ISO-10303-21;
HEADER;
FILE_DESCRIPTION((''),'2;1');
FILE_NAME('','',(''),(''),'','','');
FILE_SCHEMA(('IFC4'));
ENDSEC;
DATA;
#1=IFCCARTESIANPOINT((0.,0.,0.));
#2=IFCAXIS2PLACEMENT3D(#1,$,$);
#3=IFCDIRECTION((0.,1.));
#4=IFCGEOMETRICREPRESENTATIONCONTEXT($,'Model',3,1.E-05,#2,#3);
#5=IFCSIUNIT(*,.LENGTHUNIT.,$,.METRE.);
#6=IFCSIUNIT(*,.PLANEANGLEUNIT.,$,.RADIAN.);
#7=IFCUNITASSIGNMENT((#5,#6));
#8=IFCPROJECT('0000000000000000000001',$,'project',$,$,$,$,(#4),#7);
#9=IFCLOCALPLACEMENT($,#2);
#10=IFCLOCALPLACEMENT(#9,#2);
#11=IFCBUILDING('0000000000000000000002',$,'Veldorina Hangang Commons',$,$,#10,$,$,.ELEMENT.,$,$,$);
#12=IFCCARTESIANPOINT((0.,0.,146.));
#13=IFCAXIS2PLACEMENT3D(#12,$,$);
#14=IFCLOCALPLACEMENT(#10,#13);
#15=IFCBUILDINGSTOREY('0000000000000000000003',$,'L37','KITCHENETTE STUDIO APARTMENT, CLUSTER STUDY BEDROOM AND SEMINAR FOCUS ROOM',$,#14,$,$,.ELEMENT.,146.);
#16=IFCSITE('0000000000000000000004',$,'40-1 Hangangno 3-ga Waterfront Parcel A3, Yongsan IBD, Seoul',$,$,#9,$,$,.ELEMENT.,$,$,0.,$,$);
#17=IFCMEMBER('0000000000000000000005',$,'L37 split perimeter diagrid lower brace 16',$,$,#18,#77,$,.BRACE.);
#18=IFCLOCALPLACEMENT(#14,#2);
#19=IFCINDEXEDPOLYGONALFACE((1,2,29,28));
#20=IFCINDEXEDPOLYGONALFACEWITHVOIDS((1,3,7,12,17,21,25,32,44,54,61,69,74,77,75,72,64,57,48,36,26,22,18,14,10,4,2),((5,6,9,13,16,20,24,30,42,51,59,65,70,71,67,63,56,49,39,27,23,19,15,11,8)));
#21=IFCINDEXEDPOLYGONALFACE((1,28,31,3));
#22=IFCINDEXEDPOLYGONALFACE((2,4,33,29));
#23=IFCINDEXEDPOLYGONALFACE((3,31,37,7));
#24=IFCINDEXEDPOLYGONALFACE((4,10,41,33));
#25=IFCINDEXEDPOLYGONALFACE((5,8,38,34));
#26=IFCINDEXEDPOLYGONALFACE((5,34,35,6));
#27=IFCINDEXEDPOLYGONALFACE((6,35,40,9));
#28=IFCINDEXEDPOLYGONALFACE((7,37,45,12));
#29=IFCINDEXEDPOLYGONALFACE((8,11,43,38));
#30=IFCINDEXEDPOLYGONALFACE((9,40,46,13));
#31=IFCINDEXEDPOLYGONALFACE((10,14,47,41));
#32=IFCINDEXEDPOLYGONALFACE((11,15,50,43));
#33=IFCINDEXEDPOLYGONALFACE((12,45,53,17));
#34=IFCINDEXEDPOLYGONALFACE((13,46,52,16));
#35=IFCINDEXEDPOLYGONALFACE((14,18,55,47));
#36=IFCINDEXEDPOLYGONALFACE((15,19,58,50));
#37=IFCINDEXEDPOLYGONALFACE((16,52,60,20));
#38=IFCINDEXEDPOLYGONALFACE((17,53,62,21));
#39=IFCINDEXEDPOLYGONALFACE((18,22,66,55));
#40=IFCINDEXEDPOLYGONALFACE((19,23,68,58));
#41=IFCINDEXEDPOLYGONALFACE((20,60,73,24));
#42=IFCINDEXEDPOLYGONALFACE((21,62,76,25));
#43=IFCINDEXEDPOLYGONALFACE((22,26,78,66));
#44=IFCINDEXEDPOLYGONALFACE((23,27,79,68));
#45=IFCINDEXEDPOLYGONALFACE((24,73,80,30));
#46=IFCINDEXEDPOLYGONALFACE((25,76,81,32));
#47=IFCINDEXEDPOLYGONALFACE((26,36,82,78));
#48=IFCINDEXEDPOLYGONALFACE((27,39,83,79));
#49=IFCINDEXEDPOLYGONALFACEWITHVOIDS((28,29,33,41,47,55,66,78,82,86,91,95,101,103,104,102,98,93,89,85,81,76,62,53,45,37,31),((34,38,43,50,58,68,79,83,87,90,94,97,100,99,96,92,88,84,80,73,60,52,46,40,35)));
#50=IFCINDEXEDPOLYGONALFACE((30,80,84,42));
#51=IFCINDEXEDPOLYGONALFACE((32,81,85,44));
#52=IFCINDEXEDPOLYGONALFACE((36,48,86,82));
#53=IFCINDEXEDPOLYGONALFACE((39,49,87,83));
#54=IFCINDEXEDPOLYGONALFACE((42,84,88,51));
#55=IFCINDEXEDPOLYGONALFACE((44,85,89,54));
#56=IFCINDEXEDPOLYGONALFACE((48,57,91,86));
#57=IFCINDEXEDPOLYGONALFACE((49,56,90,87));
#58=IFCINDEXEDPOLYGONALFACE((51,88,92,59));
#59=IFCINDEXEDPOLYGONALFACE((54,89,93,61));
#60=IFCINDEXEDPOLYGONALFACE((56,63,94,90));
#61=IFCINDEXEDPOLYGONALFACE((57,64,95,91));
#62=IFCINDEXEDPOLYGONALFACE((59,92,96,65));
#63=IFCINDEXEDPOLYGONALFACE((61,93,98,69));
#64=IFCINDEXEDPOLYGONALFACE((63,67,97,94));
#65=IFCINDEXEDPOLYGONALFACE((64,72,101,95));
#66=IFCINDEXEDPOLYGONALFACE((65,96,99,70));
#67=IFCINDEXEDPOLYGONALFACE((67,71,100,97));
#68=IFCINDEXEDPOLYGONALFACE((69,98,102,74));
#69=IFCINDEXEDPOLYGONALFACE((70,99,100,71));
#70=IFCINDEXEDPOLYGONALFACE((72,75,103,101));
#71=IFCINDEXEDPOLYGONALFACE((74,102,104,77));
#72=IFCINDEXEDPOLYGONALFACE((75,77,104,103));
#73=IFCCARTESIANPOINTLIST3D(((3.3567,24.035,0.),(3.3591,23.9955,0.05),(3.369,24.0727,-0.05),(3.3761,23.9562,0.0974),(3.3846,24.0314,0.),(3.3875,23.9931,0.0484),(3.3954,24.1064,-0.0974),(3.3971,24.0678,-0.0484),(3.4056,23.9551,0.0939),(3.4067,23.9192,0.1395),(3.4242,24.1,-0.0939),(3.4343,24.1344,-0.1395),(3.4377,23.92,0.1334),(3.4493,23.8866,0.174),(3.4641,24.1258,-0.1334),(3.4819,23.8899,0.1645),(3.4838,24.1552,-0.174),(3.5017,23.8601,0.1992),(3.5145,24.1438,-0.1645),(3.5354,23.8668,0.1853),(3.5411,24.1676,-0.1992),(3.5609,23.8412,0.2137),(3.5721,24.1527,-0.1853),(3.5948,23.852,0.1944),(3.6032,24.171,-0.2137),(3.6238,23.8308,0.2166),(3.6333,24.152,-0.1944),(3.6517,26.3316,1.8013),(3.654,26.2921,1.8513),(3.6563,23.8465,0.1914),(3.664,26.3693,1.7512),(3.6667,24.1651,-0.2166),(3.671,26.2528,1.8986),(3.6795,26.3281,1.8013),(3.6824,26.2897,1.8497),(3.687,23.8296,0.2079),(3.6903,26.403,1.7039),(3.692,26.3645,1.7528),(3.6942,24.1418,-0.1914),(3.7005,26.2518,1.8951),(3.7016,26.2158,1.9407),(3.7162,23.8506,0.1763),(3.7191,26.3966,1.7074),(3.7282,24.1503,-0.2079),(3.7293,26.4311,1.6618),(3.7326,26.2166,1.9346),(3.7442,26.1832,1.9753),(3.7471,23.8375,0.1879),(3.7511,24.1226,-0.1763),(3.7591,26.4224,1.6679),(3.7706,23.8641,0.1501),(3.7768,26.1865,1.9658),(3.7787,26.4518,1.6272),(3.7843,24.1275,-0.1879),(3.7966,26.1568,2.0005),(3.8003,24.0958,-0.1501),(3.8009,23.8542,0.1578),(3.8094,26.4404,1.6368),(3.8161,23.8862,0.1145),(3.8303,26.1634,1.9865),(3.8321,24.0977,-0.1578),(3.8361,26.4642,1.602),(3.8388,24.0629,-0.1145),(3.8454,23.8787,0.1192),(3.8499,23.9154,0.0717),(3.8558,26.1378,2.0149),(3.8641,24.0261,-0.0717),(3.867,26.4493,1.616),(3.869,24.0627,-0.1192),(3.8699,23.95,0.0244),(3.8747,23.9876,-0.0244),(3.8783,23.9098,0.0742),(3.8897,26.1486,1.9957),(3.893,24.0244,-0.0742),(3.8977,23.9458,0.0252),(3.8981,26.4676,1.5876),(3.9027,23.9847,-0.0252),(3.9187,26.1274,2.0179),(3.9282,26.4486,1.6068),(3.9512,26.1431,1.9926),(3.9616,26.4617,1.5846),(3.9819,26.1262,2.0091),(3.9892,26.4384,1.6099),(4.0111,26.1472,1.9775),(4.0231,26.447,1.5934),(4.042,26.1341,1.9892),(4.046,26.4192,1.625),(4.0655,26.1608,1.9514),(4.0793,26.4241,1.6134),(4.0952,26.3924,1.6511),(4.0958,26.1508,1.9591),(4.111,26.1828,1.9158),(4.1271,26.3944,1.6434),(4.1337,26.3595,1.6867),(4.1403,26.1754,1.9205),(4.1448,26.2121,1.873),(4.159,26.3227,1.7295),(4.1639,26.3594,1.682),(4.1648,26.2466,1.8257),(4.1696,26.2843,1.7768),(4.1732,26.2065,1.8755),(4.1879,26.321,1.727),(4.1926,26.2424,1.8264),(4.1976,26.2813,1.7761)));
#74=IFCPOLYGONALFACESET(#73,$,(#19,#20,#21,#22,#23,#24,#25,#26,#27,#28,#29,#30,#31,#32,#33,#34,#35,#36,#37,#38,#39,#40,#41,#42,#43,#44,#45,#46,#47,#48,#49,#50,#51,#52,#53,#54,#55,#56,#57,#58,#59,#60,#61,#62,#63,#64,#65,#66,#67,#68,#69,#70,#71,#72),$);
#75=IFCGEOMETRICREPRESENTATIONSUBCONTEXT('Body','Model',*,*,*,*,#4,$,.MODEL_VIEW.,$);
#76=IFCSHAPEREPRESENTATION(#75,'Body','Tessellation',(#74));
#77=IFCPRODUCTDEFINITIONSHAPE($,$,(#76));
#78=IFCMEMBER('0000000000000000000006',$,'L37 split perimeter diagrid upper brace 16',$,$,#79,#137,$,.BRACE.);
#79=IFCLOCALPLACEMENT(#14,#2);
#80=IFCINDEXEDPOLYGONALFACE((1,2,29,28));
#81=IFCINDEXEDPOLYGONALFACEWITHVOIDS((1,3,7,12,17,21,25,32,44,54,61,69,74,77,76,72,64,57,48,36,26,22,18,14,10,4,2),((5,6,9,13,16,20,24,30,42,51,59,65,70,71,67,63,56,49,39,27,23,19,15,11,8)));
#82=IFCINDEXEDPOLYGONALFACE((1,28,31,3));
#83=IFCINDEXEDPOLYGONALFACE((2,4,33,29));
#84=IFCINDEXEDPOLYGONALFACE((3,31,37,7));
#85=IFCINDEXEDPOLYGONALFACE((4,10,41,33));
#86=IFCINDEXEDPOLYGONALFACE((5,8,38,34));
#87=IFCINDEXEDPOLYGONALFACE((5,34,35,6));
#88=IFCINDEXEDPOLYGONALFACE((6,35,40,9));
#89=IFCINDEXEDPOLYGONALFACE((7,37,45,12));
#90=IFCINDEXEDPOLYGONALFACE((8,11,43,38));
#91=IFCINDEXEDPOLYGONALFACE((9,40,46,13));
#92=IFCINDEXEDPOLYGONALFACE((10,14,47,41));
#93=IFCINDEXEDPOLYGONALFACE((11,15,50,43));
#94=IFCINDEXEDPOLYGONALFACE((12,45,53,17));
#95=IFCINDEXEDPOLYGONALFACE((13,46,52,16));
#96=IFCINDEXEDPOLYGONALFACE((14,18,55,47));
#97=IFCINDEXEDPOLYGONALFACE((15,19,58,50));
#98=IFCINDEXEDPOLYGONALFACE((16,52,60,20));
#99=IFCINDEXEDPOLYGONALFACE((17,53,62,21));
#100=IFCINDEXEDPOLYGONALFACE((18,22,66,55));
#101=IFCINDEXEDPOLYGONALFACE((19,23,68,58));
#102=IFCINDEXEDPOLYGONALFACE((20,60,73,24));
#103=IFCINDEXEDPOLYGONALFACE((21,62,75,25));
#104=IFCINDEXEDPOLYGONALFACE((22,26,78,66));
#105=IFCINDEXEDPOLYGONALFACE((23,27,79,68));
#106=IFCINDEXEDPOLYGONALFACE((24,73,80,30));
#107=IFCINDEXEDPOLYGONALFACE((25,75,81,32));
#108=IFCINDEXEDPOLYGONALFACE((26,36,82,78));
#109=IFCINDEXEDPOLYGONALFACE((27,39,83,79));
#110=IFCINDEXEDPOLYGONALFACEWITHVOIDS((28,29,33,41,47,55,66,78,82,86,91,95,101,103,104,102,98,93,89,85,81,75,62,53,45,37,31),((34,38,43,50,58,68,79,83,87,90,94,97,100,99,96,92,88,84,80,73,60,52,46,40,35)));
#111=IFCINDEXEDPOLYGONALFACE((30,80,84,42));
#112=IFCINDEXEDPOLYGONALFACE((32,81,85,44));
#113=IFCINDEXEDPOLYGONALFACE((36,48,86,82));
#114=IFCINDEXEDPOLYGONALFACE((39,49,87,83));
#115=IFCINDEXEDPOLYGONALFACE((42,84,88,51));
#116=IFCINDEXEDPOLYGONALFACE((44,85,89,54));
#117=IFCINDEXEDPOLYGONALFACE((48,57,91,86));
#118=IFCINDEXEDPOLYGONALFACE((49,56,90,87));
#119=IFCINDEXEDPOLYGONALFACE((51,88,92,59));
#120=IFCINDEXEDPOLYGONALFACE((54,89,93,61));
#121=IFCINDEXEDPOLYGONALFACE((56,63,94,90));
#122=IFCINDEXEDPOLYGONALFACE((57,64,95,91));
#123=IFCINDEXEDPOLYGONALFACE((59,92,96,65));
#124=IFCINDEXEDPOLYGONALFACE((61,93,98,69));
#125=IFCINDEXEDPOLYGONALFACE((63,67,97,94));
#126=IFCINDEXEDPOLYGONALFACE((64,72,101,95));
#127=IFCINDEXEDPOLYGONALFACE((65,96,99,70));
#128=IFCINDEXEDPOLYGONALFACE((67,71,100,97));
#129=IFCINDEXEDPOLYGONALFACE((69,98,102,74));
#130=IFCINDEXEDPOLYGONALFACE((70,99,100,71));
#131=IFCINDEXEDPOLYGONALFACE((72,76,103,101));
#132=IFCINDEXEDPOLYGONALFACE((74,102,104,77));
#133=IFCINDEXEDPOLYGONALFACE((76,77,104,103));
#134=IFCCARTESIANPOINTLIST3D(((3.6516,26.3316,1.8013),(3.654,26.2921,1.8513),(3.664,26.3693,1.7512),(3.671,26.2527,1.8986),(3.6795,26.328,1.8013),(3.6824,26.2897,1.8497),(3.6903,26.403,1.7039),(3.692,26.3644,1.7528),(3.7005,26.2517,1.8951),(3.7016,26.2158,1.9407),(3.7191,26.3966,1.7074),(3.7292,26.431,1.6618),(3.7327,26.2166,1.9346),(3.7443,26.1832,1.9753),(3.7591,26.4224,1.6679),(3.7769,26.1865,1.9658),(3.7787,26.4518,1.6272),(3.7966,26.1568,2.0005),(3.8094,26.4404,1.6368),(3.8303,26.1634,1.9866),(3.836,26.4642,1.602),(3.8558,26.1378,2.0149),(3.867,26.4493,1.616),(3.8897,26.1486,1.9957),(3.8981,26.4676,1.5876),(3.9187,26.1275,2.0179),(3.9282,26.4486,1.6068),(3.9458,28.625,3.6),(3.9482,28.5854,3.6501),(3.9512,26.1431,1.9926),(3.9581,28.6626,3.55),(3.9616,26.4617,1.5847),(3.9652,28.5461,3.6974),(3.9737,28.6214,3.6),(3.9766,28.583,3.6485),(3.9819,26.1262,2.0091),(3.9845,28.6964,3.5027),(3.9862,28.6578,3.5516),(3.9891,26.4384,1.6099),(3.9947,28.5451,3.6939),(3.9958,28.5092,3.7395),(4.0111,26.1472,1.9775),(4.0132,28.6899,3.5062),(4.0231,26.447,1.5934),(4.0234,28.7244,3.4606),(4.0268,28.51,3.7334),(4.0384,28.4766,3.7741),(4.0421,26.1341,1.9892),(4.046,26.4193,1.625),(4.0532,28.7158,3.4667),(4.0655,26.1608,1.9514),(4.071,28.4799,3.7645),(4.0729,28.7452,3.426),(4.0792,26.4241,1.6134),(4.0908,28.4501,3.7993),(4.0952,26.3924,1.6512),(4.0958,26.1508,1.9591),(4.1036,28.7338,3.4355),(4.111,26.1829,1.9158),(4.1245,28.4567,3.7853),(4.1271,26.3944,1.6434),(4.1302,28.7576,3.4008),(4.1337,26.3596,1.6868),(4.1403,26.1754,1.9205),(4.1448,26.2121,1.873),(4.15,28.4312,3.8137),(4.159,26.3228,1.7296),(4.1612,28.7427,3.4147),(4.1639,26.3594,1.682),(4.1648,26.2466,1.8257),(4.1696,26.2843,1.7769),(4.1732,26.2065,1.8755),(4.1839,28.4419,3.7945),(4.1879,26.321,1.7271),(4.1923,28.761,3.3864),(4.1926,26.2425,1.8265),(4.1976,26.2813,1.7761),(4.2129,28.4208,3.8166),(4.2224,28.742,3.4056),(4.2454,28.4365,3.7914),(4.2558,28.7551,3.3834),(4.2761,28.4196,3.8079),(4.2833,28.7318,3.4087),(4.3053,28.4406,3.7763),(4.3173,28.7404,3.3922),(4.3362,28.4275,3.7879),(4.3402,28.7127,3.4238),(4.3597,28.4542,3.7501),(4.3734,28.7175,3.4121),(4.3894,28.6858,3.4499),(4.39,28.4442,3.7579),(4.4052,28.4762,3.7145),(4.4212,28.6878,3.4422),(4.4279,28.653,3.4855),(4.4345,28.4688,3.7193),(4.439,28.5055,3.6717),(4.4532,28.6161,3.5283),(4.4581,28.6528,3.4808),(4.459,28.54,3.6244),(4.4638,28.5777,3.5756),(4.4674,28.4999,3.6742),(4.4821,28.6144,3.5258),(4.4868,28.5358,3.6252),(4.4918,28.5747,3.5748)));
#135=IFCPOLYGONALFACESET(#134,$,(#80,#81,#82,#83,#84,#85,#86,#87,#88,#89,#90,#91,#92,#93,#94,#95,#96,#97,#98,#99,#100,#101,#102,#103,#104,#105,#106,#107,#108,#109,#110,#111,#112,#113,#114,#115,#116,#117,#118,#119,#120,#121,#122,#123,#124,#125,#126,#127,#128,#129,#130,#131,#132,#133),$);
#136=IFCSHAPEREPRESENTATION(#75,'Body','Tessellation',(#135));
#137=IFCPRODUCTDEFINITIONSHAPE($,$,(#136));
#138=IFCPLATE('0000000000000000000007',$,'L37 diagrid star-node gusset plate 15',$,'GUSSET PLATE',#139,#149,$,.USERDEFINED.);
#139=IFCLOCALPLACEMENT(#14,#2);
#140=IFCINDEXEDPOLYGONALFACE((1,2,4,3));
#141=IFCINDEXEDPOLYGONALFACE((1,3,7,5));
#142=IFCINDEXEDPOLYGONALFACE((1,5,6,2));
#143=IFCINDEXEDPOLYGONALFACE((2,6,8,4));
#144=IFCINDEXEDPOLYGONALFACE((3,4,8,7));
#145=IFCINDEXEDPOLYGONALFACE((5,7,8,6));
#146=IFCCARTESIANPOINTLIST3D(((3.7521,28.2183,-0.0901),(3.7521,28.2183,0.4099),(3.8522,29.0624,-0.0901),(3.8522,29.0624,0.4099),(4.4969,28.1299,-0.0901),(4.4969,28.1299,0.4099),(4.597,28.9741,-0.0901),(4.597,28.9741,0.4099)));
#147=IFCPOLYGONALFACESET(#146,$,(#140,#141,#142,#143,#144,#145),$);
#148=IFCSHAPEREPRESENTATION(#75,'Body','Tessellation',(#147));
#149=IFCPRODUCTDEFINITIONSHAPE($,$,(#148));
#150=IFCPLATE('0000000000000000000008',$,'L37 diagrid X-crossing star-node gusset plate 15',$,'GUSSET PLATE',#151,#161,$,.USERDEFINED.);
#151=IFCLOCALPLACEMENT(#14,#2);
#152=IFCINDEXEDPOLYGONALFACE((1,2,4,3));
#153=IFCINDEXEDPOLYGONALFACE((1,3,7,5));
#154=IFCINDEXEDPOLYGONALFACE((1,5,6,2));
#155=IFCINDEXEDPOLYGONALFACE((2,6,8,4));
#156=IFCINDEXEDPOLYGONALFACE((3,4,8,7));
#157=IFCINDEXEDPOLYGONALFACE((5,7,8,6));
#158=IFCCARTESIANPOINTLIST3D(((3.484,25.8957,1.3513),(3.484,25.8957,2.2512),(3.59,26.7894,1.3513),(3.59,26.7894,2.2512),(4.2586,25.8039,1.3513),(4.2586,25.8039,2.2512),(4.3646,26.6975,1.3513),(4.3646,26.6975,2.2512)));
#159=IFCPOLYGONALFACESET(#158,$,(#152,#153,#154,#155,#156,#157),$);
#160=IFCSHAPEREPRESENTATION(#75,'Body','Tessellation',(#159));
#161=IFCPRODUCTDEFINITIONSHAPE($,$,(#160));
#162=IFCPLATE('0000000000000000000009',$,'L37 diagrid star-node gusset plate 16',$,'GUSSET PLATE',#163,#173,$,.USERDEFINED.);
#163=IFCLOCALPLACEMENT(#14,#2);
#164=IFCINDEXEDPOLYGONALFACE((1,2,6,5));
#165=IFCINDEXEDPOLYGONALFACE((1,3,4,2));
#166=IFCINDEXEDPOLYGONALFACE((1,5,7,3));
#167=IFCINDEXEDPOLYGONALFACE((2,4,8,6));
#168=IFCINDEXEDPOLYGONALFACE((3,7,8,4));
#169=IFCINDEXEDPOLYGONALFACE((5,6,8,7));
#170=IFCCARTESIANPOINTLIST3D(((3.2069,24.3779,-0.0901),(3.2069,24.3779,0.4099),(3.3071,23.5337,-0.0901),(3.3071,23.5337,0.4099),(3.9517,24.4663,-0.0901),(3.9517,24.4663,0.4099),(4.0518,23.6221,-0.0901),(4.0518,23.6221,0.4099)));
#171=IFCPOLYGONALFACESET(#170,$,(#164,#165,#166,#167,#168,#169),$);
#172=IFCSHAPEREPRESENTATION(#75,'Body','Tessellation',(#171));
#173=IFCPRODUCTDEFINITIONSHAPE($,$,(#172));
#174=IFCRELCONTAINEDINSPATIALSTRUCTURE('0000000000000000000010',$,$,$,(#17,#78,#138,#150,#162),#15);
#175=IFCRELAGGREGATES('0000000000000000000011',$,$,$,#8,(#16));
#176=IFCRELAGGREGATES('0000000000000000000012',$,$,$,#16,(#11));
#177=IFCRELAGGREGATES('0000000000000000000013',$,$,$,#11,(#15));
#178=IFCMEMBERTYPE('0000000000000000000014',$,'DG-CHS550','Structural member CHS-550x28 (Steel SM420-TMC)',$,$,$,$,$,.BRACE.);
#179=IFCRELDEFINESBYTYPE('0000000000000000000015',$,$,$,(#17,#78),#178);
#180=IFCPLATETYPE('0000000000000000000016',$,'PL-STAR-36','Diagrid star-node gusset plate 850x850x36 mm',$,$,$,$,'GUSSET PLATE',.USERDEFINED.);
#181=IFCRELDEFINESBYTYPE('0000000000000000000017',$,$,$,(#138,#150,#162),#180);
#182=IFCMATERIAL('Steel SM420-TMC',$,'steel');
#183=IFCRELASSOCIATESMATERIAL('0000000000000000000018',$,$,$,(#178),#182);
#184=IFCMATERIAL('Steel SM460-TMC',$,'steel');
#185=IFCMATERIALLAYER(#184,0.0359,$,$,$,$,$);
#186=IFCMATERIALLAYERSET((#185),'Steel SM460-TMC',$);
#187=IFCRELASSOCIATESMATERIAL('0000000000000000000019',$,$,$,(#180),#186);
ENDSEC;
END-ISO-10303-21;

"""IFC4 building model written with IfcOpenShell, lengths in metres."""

from ifc_helpers import new_model, si_unit, direction, frame, origin, origin_2d, place, context, subcontext, project, spatial, rectangle, hollow_circle, extrude, material, layer, layer_set, material_profile, profile_set, type_object, element, save


model = new_model("IFC4")

# Units and contexts
model_context = context("Model", 3, precision=1e-05, world=origin(), true_north=direction((0.0, 1.0)))
body_context = subcontext(model_context, "Body", "Model", "MODEL_VIEW")
ifc_project = project(units=[si_unit("LENGTHUNIT", "METRE"), si_unit("PLANEANGLEUNIT", "RADIAN")], contexts=[model_context])

# Site, building, storey
site_placement = place(None, origin())
site = spatial("IfcSite", under=ifc_project, at=site_placement, Name="40-1 Hangangno 3-ga Waterfront Parcel A3, Yongsan IBD, Seoul", CompositionType="ELEMENT", RefElevation=0.0)
building_placement = place(site_placement, origin())
building = spatial("IfcBuilding", under=site, at=building_placement, Name="Veldorina Hangang Commons", CompositionType="ELEMENT")
storey_placement = place(building_placement, frame((0.0, 0.0, 146.0)))
storey = spatial("IfcBuildingStorey", under=building, at=storey_placement, Name="L37", Description="KITCHENETTE STUDIO APARTMENT, CLUSTER STUDY BEDROOM AND SEMINAR FOCUS ROOM", CompositionType="ELEMENT", Elevation=146.0)

# Shared definitions
ifc_material_1 = material(Name="Steel SM420-TMC", Category="steel")

# Members
ifc_material_profile_1 = material_profile(ifc_material_1, hollow_circle(Radius=0.2749, WallThickness=0.0281, at=origin_2d()), Name="CHS-550x28")
ifc_profile_set_1 = profile_set([ifc_material_profile_1], Name="Steel SM420-TMC")
member_type = type_object("IfcMemberType", Name="DG-CHS550", Description="Structural member CHS-550x28 (Steel SM420-TMC)", PredefinedType="BRACE", material=ifc_profile_set_1)
member_1_placement = place(storey_placement, frame((3.6294, 24.0, 0.0), z_axis=(0.100532, 0.782869, 0.614011), x_axis=(-0.991855, 0.127369, 0.0)))
element("IfcMember", 1, at=member_1_placement, inside=storey, type_object=member_type, Name="L37 split perimeter diagrid lower brace 16", PredefinedType="BRACE", context=body_context, shape_type="SweptSolid", body=[
    extrude(hollow_circle(Radius=0.2749, WallThickness=0.0281, at=origin_2d()), origin(), (0.0, 0.0, 1.0), 2.9336),
])
member_2_placement = place(storey_placement, frame((3.9243, 26.2966, 1.8013), z_axis=(0.100421, 0.78287, 0.614028), x_axis=(-0.991873, 0.127231, 0.0)))
element("IfcMember", 2, at=member_2_placement, inside=storey, type_object=member_type, Name="L37 split perimeter diagrid upper brace 16", PredefinedType="BRACE", context=body_context, shape_type="SweptSolid", body=[
    extrude(hollow_circle(Radius=0.2749, WallThickness=0.0281, at=origin_2d()), origin(), (0.0, 0.0, 1.0), 2.9294),
])

# Plates
ifc_material_2 = material(Name="Steel SM460-TMC", Category="steel")
ifc_layer_1 = layer(ifc_material_2, 0.0359)
ifc_layer_set_1 = layer_set([ifc_layer_1], Name="Steel SM460-TMC")
plate_type = type_object("IfcPlateType", Name="PL-STAR-36", Description="Diagrid star-node gusset plate 850x850x36 mm", ElementType="GUSSET PLATE", PredefinedType="USERDEFINED", material=ifc_layer_set_1)
plate_1_placement = place(storey_placement, frame((4.1746, 28.5962, -0.0901), z_axis=(0.0, 0.0, 1.0), x_axis=(-0.11778, -0.99304, 0.0)))
element("IfcPlate", 3, at=plate_1_placement, inside=storey, type_object=plate_type, Name="L37 diagrid star-node gusset plate 15", ObjectType="GUSSET PLATE", PredefinedType="USERDEFINED", context=body_context, shape_type="SweptSolid", body=[
    extrude(rectangle(XDim=0.8501, YDim=0.75, at=origin_2d()), origin(), (0.0, 0.0, 1.0), 0.5),
])
plate_2_placement = place(storey_placement, frame((3.9243, 26.2966, 1.3513), z_axis=(0.0, 0.0, 1.0), x_axis=(-0.11778, -0.99304, 0.0)))
element("IfcPlate", 4, at=plate_2_placement, inside=storey, type_object=plate_type, Name="L37 diagrid X-crossing star-node gusset plate 15", ObjectType="GUSSET PLATE", PredefinedType="USERDEFINED", context=body_context, shape_type="SweptSolid", body=[
    extrude(rectangle(XDim=0.8999, YDim=0.78, at=origin_2d()), origin(), (0.0, 0.0, 1.0), 0.8999),
])
plate_3_placement = place(storey_placement, frame((3.6294, 24.0, -0.0901), z_axis=(0.0, 0.0, 1.0), x_axis=(0.11778, -0.99304, 0.0)))
element("IfcPlate", 5, at=plate_3_placement, inside=storey, type_object=plate_type, Name="L37 diagrid star-node gusset plate 16", ObjectType="GUSSET PLATE", PredefinedType="USERDEFINED", context=body_context, shape_type="SweptSolid", body=[
    extrude(rectangle(XDim=0.8501, YDim=0.75, at=origin_2d()), origin(), (0.0, 0.0, 1.0), 0.5),
])

save(model, "model.ifc")
